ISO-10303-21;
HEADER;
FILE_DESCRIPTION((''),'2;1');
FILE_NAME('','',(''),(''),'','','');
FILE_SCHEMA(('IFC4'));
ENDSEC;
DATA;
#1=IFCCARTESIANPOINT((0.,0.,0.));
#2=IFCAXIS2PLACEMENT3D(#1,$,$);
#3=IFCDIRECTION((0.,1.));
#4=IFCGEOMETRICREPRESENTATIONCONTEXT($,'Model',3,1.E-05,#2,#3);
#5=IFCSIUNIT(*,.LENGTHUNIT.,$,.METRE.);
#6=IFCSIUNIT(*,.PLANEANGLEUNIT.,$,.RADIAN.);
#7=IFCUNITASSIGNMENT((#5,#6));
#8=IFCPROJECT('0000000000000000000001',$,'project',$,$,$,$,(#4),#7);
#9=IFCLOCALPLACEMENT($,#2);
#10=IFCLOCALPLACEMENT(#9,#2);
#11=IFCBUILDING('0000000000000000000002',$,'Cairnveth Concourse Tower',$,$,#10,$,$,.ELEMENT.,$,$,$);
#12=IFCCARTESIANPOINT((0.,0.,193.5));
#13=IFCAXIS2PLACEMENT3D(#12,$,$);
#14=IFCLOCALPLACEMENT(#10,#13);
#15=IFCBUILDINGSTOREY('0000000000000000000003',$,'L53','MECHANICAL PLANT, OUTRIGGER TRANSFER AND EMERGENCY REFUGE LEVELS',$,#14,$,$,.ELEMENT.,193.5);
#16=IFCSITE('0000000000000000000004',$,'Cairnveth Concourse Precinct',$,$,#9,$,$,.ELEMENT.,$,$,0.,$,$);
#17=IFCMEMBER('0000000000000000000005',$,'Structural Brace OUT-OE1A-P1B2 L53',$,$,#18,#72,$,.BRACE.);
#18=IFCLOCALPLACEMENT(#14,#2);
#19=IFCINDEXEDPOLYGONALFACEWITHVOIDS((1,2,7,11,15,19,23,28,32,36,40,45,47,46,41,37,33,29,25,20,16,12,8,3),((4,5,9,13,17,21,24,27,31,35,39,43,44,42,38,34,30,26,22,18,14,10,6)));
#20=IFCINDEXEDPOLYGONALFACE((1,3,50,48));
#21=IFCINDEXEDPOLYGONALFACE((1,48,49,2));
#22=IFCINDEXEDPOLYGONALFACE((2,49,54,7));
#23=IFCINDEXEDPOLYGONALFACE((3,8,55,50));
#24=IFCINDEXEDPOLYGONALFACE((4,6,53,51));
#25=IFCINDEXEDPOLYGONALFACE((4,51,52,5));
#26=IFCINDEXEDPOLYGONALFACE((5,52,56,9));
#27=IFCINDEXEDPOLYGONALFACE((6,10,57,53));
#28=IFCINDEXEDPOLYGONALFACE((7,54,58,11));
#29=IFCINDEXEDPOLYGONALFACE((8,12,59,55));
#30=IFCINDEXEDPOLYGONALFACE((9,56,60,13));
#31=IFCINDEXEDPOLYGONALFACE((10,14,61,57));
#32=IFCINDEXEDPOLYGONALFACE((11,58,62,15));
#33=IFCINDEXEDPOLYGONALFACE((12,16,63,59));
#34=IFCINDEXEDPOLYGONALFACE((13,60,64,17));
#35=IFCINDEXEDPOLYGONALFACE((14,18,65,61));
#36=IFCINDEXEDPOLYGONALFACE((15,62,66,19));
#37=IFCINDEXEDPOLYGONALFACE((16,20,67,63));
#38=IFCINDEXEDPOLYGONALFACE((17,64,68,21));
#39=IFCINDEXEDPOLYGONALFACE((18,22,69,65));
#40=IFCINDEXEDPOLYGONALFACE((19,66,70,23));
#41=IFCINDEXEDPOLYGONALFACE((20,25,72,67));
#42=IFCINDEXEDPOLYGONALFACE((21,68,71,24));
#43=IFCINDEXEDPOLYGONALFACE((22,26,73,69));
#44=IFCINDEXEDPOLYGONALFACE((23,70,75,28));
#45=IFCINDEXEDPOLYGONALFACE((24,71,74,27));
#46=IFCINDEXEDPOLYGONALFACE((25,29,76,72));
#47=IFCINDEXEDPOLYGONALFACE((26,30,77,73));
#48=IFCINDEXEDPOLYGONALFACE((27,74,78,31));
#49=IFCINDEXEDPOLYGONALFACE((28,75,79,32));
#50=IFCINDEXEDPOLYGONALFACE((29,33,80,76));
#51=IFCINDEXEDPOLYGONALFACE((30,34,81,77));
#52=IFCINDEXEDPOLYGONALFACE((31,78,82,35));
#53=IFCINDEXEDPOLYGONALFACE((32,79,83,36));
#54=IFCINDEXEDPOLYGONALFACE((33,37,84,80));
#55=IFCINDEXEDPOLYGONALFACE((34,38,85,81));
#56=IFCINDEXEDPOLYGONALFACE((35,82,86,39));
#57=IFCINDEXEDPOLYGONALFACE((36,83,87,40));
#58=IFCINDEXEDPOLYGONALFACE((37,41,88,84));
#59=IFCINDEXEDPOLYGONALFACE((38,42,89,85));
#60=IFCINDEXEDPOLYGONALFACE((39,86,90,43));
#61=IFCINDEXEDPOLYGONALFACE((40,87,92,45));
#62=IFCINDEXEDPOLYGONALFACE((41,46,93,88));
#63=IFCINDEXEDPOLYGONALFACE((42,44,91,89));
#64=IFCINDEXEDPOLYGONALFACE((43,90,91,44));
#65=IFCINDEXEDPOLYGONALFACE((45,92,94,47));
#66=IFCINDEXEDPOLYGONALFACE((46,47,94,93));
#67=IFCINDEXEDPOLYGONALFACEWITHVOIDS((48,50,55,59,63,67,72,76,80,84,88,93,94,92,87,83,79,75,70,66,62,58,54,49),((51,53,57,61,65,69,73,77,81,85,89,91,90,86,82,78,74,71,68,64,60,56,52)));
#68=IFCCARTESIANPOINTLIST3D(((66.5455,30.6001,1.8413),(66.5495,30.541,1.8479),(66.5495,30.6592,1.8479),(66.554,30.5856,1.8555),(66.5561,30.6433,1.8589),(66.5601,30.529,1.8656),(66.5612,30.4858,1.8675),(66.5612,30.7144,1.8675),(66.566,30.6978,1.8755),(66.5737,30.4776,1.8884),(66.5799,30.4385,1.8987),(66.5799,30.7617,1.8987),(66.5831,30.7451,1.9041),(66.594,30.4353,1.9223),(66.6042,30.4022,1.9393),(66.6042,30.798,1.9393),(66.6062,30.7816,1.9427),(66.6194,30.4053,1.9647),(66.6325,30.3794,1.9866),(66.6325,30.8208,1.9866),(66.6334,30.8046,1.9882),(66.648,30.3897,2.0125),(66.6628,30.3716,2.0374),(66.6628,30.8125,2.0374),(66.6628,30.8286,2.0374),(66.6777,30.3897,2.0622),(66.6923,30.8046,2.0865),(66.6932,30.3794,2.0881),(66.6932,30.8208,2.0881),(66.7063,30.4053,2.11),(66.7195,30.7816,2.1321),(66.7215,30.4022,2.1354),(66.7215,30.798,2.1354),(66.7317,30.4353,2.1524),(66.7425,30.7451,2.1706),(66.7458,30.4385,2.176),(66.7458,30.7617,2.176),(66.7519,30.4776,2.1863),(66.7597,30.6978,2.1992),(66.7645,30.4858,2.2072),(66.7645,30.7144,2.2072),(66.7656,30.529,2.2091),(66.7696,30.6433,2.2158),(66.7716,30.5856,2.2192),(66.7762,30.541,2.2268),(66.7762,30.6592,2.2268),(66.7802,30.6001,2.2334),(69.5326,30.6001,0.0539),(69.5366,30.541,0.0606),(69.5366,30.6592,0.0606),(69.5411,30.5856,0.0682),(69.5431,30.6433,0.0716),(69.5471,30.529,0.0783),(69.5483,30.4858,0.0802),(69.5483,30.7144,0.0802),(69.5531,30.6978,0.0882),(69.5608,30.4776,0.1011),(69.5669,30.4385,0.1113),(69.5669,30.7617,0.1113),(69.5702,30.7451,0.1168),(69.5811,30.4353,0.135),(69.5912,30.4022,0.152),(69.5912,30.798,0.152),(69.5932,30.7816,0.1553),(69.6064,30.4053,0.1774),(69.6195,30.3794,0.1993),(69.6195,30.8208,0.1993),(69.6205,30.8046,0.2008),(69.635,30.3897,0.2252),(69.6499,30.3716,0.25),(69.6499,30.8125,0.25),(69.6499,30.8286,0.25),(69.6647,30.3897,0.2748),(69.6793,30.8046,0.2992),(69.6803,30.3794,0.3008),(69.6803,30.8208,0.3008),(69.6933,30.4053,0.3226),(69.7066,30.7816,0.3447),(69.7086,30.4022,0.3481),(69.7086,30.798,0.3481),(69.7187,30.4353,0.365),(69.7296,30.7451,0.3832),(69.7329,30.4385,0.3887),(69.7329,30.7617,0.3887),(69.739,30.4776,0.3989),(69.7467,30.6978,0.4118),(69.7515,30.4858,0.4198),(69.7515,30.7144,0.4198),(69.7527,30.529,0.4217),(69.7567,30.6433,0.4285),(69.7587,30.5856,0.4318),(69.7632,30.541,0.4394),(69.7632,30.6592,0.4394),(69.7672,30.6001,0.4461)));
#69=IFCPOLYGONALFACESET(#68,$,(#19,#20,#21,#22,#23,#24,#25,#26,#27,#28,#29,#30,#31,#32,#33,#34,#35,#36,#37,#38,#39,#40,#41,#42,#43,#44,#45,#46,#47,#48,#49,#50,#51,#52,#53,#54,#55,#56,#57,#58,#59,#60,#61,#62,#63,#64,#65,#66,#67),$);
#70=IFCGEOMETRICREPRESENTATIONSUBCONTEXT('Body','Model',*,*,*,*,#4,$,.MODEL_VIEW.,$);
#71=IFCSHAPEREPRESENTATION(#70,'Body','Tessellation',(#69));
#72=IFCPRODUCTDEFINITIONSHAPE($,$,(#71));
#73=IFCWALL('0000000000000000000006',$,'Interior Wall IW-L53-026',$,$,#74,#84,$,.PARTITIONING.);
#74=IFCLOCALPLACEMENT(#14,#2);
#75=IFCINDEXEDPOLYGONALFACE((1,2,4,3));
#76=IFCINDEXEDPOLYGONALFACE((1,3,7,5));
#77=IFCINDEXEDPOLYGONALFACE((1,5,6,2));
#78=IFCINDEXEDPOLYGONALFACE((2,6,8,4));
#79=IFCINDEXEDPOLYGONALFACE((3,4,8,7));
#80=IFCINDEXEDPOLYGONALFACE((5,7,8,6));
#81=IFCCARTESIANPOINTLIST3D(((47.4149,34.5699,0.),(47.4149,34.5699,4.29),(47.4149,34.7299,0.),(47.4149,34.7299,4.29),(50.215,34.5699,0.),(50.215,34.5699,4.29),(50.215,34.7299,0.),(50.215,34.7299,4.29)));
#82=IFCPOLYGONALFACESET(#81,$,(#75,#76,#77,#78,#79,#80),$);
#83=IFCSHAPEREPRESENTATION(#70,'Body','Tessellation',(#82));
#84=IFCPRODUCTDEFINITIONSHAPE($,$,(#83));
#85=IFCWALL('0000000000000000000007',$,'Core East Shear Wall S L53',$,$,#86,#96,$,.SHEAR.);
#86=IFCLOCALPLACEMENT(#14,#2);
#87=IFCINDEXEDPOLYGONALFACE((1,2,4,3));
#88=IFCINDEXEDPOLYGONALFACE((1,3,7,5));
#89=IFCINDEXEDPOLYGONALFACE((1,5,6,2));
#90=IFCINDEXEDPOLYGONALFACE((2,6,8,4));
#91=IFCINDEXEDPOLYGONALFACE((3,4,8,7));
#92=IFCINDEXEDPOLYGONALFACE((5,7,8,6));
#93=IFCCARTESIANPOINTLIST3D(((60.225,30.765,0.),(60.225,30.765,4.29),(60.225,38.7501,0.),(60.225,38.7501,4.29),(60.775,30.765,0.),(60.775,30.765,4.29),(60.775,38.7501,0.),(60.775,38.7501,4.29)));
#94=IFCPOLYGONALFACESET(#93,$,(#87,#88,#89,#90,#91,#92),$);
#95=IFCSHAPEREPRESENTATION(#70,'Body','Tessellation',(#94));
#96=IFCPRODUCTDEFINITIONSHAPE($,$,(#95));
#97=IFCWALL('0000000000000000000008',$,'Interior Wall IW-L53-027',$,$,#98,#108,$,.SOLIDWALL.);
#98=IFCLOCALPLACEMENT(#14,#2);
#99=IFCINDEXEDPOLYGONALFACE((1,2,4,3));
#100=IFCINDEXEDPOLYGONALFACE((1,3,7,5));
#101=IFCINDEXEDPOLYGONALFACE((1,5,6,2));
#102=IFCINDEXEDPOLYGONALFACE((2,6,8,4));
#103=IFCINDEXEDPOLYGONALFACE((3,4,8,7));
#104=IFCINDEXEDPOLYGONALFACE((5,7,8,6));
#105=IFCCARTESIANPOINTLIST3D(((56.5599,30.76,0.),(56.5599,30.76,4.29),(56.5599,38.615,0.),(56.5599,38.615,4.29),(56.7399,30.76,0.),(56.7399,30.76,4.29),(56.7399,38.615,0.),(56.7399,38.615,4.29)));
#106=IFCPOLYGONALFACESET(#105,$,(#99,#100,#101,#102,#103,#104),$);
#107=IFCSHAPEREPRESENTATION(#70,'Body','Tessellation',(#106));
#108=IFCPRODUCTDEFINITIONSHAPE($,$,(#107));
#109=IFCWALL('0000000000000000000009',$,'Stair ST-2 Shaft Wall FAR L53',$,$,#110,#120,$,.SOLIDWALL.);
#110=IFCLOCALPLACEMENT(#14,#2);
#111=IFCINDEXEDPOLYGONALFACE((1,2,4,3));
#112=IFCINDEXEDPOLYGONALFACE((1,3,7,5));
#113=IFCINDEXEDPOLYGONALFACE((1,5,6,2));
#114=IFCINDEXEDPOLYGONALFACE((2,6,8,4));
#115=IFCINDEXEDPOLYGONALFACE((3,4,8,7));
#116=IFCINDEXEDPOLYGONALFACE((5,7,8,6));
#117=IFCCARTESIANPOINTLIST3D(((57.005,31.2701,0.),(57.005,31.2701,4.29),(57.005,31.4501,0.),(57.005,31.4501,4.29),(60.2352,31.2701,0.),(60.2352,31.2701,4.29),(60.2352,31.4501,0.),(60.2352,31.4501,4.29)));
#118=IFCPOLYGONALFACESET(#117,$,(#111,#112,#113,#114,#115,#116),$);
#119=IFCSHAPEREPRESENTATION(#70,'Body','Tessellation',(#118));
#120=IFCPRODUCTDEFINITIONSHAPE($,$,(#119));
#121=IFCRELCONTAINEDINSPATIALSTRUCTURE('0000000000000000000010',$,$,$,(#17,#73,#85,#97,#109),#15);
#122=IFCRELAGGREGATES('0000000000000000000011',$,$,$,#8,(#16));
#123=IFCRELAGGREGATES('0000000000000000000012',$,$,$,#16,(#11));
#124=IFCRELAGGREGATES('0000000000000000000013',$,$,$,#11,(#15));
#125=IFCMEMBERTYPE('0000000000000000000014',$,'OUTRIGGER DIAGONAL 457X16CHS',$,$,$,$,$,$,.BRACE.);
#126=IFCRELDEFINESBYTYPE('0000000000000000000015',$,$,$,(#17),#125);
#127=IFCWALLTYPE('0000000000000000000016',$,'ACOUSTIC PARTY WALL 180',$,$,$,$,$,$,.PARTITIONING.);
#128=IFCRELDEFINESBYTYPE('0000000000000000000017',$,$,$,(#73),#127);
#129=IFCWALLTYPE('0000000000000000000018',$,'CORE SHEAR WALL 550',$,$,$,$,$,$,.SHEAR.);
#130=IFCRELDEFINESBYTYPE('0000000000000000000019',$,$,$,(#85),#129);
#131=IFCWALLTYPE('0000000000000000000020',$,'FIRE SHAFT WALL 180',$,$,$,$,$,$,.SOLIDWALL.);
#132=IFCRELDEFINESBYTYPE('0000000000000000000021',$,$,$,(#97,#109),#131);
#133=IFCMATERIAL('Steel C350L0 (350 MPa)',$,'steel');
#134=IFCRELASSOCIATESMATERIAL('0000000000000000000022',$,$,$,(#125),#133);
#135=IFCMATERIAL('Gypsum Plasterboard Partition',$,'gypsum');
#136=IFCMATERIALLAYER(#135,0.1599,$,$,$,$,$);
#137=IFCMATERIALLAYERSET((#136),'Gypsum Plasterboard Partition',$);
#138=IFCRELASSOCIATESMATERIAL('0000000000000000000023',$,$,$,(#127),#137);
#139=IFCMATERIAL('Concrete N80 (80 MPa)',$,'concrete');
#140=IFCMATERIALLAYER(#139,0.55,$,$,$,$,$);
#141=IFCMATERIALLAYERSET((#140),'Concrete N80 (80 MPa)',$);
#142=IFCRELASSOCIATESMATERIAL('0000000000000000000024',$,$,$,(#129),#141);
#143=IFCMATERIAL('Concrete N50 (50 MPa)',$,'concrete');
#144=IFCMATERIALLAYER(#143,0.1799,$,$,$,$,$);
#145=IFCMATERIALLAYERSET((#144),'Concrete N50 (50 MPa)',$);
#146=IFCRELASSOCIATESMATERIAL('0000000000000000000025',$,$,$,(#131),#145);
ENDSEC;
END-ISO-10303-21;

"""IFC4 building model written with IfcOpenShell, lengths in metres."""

from ifc_helpers import new_model, si_unit, direction, frame, frame_2d, origin, origin_2d, place, context, subcontext, project, spatial, rectangle, hollow_circle, extrude, material, layer, layer_set, material_profile, profile_set, type_object, element, save


model = new_model("IFC4")

# Units and contexts
model_context = context("Model", 3, precision=1e-05, world=origin(), true_north=direction((0.0, 1.0)))
body_context = subcontext(model_context, "Body", "Model", "MODEL_VIEW")
ifc_project = project(units=[si_unit("LENGTHUNIT", "METRE"), si_unit("PLANEANGLEUNIT", "RADIAN")], contexts=[model_context])

# Site, building, storey
site_placement = place(None, origin())
site = spatial("IfcSite", under=ifc_project, at=site_placement, Name="Cairnveth Concourse Precinct", CompositionType="ELEMENT", RefElevation=0.0)
building_placement = place(site_placement, origin())
building = spatial("IfcBuilding", under=site, at=building_placement, Name="Cairnveth Concourse Tower", CompositionType="ELEMENT")
storey_placement = place(building_placement, frame((0.0, 0.0, 193.5)))
storey = spatial("IfcBuildingStorey", under=building, at=storey_placement, Name="L53", Description="MECHANICAL PLANT, OUTRIGGER TRANSFER AND EMERGENCY REFUGE LEVELS", CompositionType="ELEMENT", Elevation=193.5)

# Member
ifc_material_1 = material(Name="Steel C350L0 (350 MPa)", Category="steel")
ifc_material_profile = material_profile(ifc_material_1, hollow_circle(Radius=0.2285, WallThickness=0.0161, at=origin_2d()), Name="457.0x16.0CHS")
ifc_profile_set = profile_set([ifc_material_profile], Name="Steel C350L0 (350 MPa)")
member_type = type_object("IfcMemberType", Name="OUTRIGGER DIAGONAL 457X16CHS", PredefinedType="BRACE", material=ifc_profile_set)
member_placement = place(storey_placement, frame((66.6628, 30.6001, 2.0374), z_axis=(0.858111, 0.0, -0.513464), x_axis=(0.0, 1.0, 0.0)))
element("IfcMember", 1, at=member_placement, inside=storey, type_object=member_type, Name="Structural Brace OUT-OE1A-P1B2 L53", PredefinedType="BRACE", context=body_context, shape_type="SweptSolid", body=[
    extrude(hollow_circle(Radius=0.2285, WallThickness=0.0161, at=origin_2d()), origin(), (0.0, 0.0, 1.0), 3.481),
])

# Walls
ifc_material_2 = material(Name="Gypsum Plasterboard Partition", Category="gypsum")
ifc_layer_1 = layer(ifc_material_2, 0.1599)
ifc_layer_set_1 = layer_set([ifc_layer_1], Name="Gypsum Plasterboard Partition")
wall_type_1 = type_object("IfcWallType", Name="ACOUSTIC PARTY WALL 180", PredefinedType="PARTITIONING", material=ifc_layer_set_1)
wall_1_placement = place(storey_placement, frame((47.415, 34.6499, 0.0), z_axis=(0.0, 0.0, 1.0), x_axis=(1.0, 0.0, 0.0)))
element("IfcWall", 2, at=wall_1_placement, inside=storey, type_object=wall_type_1, Name="Interior Wall IW-L53-026", PredefinedType="PARTITIONING", context=body_context, shape_type="SweptSolid", body=[
    extrude(rectangle(XDim=2.8, YDim=0.1599, at=frame_2d((1.3999, 0.0))), origin(), (0.0, 0.0, 1.0), 4.29),
])
ifc_material_3 = material(Name="Concrete N80 (80 MPa)", Category="concrete")
ifc_layer_2 = layer(ifc_material_3, 0.55)
ifc_layer_set_2 = layer_set([ifc_layer_2], Name="Concrete N80 (80 MPa)")
wall_type_2 = type_object("IfcWallType", Name="CORE SHEAR WALL 550", PredefinedType="SHEAR", material=ifc_layer_set_2)
wall_2_placement = place(storey_placement, frame((60.5, 30.7649, 0.0), z_axis=(0.0, 0.0, 1.0), x_axis=(0.0, 1.0, 0.0)))
element("IfcWall", 3, at=wall_2_placement, inside=storey, type_object=wall_type_2, Name="Core East Shear Wall S L53", PredefinedType="SHEAR", context=body_context, shape_type="SweptSolid", body=[
    extrude(rectangle(XDim=7.9851, YDim=0.55, at=frame_2d((3.9927, 0.0))), origin(), (0.0, 0.0, 1.0), 4.29),
])
ifc_material_4 = material(Name="Concrete N50 (50 MPa)", Category="concrete")
ifc_layer_3 = layer(ifc_material_4, 0.1799)
ifc_layer_set_3 = layer_set([ifc_layer_3], Name="Concrete N50 (50 MPa)")
wall_type_3 = type_object("IfcWallType", Name="FIRE SHAFT WALL 180", PredefinedType="SOLIDWALL", material=ifc_layer_set_3)
wall_3_placement = place(storey_placement, frame((56.6499, 30.76, 0.0), z_axis=(0.0, 0.0, 1.0), x_axis=(0.0, 1.0, 0.0)))
element("IfcWall", 4, at=wall_3_placement, inside=storey, type_object=wall_type_3, Name="Interior Wall IW-L53-027", PredefinedType="SOLIDWALL", context=body_context, shape_type="SweptSolid", body=[
    extrude(rectangle(XDim=7.855, YDim=0.1799, at=frame_2d((3.9275, 0.0))), origin(), (0.0, 0.0, 1.0), 4.29),
])

# Wall
wall_4_placement = place(storey_placement, frame((57.0049, 31.3601, 0.0), z_axis=(0.0, 0.0, 1.0), x_axis=(1.0, 0.0, 0.0)))
element("IfcWall", 5, at=wall_4_placement, inside=storey, type_object=wall_type_3, Name="Stair ST-2 Shaft Wall FAR L53", PredefinedType="SOLIDWALL", context=body_context, shape_type="SweptSolid", body=[
    extrude(rectangle(XDim=3.2302, YDim=0.1799, at=frame_2d((1.6152, 0.0))), origin(), (0.0, 0.0, 1.0), 4.29),
])

save(model, "model.ifc")
